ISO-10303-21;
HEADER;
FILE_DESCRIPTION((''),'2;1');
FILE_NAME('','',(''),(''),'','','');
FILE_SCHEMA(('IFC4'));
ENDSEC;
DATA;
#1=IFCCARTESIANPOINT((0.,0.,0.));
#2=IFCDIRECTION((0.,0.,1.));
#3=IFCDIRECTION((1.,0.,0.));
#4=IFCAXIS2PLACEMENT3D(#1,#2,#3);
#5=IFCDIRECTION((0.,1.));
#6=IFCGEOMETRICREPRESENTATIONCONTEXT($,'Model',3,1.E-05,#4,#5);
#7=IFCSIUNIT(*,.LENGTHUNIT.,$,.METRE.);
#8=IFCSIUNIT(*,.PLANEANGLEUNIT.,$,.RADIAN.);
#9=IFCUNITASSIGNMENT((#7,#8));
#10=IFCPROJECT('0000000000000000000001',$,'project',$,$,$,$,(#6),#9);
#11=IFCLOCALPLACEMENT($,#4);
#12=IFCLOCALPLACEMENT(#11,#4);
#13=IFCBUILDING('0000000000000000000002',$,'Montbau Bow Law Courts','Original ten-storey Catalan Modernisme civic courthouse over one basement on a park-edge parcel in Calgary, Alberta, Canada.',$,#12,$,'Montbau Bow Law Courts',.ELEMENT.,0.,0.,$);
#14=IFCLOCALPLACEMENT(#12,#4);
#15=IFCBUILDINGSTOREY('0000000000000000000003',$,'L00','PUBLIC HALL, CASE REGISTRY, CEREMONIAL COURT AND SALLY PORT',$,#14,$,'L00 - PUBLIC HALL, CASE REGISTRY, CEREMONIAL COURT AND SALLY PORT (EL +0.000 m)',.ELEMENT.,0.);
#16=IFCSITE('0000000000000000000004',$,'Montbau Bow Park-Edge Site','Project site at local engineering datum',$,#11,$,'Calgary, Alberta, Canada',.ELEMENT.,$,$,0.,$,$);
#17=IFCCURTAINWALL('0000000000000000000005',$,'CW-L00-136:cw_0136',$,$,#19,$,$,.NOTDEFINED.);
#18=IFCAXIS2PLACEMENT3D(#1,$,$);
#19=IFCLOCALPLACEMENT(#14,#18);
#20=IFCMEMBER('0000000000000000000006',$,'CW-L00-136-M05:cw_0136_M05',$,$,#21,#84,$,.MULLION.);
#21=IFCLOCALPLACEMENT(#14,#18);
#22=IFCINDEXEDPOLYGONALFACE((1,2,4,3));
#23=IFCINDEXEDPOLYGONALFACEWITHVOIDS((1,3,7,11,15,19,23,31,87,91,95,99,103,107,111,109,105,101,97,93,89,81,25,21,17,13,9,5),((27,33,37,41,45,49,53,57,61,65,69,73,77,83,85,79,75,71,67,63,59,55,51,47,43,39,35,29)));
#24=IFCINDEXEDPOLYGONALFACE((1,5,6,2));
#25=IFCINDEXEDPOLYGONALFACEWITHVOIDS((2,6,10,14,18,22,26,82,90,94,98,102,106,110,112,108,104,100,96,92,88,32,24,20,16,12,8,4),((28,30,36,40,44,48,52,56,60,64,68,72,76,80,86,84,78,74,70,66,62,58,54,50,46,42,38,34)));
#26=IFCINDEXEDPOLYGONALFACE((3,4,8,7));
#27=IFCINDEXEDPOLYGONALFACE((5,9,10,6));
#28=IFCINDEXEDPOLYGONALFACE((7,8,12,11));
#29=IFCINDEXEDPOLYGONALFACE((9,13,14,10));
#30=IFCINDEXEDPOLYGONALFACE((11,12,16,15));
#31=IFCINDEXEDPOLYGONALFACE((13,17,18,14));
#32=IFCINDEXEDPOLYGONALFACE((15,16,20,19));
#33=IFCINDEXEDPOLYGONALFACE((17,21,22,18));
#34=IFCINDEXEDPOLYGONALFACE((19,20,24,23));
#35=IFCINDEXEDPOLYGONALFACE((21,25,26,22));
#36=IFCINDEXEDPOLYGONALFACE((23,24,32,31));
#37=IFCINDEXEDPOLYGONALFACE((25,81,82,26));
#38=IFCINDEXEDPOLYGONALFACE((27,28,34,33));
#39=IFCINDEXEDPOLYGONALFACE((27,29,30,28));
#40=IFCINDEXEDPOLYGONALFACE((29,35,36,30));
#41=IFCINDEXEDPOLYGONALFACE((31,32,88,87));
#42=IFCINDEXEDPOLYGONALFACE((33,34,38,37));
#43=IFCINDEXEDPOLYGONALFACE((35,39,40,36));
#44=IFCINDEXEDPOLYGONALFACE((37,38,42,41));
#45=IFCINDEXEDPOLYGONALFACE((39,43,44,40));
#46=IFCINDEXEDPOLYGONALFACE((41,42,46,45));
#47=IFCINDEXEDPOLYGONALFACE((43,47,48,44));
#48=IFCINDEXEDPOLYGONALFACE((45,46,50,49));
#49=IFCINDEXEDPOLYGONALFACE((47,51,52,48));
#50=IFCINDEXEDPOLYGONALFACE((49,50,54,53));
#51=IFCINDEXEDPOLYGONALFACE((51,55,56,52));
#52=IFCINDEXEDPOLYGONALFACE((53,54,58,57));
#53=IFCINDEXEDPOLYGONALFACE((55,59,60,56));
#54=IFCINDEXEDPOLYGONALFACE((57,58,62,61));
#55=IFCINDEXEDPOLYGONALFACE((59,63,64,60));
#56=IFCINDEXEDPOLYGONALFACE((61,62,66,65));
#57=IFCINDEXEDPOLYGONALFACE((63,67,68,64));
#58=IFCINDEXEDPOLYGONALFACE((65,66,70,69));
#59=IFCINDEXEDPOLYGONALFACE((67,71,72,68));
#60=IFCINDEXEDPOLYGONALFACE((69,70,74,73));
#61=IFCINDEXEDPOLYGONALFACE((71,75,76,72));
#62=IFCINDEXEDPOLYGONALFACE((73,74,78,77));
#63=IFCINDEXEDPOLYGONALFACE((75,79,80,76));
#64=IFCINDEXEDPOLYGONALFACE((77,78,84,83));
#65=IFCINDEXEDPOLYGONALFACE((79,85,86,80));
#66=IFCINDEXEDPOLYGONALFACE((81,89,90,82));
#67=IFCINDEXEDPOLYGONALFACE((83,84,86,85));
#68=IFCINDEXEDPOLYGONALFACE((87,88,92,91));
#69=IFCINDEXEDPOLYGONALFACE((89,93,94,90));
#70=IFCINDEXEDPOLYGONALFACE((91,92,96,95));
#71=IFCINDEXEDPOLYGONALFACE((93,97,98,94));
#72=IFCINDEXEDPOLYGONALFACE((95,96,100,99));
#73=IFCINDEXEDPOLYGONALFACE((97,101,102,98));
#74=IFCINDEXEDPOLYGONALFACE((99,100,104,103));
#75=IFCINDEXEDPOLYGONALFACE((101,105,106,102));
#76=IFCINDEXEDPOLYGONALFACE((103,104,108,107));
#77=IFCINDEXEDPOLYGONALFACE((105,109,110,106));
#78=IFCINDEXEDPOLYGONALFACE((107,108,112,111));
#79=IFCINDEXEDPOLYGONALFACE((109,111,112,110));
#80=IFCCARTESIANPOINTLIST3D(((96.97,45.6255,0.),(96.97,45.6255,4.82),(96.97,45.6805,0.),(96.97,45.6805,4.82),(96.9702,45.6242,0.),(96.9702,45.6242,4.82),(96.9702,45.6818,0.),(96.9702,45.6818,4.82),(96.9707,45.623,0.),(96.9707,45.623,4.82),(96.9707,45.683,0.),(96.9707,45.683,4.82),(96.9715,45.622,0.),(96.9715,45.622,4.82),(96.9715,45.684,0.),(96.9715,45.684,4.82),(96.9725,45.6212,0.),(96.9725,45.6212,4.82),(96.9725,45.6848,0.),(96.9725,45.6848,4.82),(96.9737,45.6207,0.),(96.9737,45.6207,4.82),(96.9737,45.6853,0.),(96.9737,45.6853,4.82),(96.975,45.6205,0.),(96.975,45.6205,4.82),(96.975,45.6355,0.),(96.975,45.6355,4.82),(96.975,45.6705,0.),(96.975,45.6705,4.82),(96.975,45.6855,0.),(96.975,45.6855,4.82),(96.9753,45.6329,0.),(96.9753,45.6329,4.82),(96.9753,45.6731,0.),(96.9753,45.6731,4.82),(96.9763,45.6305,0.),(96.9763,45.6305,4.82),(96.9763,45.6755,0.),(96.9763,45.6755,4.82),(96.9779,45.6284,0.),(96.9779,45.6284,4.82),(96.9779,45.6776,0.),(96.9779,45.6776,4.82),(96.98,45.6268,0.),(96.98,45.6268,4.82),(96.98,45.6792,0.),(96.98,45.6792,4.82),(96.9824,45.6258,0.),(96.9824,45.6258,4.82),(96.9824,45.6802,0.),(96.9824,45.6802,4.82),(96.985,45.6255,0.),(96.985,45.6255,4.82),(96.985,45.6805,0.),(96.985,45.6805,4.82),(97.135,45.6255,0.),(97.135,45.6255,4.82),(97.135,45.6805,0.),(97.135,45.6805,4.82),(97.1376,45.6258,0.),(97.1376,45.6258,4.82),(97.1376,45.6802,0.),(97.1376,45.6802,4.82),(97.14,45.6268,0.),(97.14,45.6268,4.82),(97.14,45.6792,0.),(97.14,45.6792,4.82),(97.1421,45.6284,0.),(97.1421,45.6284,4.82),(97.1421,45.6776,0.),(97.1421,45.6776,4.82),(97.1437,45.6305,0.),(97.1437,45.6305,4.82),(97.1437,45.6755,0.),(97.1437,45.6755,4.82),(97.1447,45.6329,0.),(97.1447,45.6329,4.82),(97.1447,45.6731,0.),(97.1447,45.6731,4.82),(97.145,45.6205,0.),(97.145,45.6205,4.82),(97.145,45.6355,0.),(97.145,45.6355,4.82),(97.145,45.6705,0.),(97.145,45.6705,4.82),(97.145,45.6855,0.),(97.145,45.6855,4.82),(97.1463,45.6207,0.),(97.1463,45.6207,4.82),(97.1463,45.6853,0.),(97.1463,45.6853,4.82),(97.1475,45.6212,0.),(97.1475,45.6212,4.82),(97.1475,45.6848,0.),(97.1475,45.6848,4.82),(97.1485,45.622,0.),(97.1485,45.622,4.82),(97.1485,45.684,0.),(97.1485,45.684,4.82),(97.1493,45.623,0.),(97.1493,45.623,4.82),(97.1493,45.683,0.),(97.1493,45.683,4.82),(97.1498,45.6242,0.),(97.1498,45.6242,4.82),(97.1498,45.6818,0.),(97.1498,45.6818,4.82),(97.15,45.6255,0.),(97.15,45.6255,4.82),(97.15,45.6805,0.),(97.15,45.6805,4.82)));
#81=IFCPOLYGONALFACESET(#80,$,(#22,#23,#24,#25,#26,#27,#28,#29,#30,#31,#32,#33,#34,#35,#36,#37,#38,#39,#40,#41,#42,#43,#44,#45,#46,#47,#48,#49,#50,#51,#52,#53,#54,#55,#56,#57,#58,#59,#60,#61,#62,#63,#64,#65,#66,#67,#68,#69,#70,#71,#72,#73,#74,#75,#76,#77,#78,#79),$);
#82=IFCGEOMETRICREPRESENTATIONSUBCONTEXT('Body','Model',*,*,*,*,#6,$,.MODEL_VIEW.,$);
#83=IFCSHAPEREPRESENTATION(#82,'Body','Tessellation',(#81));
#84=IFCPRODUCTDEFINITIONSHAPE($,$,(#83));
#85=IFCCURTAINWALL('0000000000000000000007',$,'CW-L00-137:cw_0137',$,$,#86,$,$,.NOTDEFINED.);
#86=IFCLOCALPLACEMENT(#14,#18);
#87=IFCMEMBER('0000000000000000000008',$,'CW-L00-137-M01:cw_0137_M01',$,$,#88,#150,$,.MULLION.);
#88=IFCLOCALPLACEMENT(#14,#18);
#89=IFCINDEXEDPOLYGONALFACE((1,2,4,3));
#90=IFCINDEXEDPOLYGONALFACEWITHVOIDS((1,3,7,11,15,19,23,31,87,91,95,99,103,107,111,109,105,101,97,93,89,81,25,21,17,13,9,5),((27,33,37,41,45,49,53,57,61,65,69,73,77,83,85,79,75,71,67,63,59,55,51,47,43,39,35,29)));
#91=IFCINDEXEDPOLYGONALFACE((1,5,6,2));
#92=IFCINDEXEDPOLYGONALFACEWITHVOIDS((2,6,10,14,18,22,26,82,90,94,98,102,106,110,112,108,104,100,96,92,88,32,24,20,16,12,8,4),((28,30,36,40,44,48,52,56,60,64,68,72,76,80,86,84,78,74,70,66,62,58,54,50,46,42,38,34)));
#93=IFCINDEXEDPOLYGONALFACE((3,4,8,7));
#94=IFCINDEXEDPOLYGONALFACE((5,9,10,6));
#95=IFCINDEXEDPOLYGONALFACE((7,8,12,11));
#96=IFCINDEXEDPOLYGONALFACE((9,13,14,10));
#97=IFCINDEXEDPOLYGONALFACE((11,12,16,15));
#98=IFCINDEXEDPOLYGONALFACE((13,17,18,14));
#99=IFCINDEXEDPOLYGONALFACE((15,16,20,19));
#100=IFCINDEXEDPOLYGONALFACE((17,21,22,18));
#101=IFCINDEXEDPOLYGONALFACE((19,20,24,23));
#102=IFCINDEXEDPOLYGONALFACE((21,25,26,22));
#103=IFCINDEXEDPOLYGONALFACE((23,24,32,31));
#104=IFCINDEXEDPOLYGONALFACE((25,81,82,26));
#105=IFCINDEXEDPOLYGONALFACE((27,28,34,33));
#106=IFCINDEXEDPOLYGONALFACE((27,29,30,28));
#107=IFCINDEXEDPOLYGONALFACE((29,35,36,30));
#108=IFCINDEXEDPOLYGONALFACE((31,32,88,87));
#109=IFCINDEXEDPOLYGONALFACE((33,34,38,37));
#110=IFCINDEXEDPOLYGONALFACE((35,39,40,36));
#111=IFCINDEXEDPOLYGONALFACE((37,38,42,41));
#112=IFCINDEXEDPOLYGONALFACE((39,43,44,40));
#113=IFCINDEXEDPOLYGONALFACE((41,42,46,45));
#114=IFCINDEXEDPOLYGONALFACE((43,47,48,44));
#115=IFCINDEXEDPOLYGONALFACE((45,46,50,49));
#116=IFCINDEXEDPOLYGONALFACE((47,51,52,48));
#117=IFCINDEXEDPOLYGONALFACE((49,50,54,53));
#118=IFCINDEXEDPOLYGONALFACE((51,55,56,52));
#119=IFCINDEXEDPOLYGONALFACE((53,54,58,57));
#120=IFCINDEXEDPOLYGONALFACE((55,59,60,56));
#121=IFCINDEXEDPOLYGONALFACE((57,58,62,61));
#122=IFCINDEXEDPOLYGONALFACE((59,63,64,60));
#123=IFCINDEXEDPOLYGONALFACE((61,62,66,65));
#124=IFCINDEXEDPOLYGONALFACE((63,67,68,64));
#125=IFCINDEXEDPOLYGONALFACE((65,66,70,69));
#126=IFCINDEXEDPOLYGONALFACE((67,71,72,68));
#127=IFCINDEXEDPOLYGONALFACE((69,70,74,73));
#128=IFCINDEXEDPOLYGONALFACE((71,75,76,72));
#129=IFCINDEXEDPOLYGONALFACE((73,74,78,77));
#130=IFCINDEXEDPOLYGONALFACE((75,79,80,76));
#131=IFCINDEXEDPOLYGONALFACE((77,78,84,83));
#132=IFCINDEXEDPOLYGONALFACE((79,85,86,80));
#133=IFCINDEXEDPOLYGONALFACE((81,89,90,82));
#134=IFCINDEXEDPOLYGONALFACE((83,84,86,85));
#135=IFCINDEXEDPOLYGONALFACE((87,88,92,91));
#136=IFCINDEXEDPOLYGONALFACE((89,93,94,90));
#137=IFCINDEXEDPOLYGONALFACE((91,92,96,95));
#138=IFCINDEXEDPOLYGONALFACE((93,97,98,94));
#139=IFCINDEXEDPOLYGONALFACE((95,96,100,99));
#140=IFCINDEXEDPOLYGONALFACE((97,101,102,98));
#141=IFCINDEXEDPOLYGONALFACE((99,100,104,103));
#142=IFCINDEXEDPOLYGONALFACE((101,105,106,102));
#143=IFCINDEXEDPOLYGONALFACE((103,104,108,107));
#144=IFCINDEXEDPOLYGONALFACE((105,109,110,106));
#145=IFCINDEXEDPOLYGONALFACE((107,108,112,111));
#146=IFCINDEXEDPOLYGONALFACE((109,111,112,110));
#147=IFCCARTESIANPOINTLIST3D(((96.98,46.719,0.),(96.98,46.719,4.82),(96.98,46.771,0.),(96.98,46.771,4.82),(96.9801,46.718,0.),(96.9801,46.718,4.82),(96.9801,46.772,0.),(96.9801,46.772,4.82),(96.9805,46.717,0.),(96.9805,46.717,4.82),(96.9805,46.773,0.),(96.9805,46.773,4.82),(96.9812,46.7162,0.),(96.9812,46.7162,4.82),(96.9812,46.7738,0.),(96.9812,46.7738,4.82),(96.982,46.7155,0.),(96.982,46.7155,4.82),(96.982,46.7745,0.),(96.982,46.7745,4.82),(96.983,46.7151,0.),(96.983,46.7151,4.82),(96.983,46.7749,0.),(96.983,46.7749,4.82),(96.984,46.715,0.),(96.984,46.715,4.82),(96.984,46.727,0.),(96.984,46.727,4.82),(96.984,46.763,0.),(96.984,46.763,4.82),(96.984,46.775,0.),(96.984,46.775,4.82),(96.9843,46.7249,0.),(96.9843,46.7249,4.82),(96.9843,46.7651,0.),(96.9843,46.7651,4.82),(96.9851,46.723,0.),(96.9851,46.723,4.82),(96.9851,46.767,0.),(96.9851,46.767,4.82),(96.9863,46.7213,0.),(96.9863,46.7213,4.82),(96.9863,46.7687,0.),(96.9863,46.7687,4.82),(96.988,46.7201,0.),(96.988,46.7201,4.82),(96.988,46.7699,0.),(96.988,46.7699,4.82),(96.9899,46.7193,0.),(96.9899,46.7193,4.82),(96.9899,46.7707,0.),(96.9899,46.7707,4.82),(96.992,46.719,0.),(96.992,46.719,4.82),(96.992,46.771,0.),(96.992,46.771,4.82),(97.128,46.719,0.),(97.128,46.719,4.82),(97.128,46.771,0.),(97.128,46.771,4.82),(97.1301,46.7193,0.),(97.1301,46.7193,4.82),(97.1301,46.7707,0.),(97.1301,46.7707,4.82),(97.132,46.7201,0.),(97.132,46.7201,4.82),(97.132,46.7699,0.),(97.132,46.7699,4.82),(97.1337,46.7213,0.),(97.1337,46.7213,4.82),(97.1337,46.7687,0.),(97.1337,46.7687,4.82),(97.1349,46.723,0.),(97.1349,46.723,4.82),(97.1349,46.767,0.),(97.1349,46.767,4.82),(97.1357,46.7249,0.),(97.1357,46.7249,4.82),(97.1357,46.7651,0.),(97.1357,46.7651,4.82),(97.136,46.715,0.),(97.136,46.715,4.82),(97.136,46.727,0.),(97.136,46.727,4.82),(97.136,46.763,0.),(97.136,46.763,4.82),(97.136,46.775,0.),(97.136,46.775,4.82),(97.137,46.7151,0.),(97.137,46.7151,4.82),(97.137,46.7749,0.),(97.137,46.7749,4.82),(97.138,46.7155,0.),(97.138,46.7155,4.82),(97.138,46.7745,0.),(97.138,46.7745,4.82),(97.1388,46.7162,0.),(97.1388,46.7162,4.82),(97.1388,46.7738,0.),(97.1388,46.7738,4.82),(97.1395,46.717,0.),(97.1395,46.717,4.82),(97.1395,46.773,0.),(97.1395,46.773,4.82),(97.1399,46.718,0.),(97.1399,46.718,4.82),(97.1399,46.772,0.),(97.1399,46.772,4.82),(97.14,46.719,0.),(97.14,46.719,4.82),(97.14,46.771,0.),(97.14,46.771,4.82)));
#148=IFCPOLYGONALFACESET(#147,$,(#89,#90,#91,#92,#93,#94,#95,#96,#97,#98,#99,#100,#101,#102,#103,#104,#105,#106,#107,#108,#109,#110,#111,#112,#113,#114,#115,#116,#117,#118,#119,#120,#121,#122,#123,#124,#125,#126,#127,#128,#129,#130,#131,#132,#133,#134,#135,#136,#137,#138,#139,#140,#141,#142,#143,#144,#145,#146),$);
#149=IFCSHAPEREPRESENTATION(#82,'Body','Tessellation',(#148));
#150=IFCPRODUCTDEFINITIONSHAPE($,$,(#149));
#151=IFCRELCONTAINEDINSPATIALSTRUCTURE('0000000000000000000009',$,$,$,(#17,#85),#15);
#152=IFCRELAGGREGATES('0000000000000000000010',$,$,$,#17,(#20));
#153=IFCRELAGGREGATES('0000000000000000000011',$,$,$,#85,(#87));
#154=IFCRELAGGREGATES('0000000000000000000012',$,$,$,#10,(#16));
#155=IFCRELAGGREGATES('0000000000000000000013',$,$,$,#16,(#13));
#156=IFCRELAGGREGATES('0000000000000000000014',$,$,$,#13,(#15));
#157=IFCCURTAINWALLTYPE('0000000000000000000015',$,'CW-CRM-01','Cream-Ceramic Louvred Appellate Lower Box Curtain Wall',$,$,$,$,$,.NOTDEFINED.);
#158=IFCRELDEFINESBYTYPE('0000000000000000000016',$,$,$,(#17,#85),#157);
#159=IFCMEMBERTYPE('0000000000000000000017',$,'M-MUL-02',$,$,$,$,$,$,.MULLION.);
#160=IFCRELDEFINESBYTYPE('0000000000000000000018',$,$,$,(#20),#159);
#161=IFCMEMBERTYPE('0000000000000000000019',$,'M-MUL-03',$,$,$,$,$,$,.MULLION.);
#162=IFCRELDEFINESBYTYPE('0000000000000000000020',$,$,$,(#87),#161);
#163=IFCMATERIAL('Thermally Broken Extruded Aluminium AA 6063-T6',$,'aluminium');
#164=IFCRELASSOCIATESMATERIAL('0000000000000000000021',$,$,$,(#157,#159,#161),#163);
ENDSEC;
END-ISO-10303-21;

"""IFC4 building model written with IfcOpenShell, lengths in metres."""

from ifc_helpers import new_model, si_unit, direction, frame, origin_with_axes, origin_2d_with_axis, place, context, subcontext, project, spatial, hollow_rectangle, extrude, material, material_profile, profile_set, type_object, element, aggregate, save


model = new_model("IFC4")

# Units and contexts
model_context = context("Model", 3, precision=1e-05, world=origin_with_axes(), true_north=direction((0.0, 1.0)))
body_context = subcontext(model_context, "Body", "Model", "MODEL_VIEW")
ifc_project = project(units=[si_unit("LENGTHUNIT", "METRE"), si_unit("PLANEANGLEUNIT", "RADIAN")], contexts=[model_context])

# Site, building, storey
site_placement = place(None, origin_with_axes())
site = spatial("IfcSite", under=ifc_project, at=site_placement, Name="Montbau Bow Park-Edge Site", Description="Project site at local engineering datum", LongName="Calgary, Alberta, Canada", CompositionType="ELEMENT", RefElevation=0.0)
building_placement = place(site_placement, origin_with_axes())
building = spatial("IfcBuilding", under=site, at=building_placement, Name="Montbau Bow Law Courts", Description="Original ten-storey Catalan Modernisme civic courthouse over one basement on a park-edge parcel in Calgary, Alberta, Canada.", LongName="Montbau Bow Law Courts", CompositionType="ELEMENT", ElevationOfRefHeight=0.0, ElevationOfTerrain=0.0)
storey_placement = place(building_placement, origin_with_axes())
storey = spatial("IfcBuildingStorey", under=building, at=storey_placement, Name="L00", Description="PUBLIC HALL, CASE REGISTRY, CEREMONIAL COURT AND SALLY PORT", LongName="L00 - PUBLIC HALL, CASE REGISTRY, CEREMONIAL COURT AND SALLY PORT (EL +0.000 m)", CompositionType="ELEMENT", Elevation=0.0)

# Curtain walls, members
ifc_material_1 = material(Name="Thermally Broken Extruded Aluminium AA 6063-T6", Category="aluminium")
curtain_wall_type = type_object("IfcCurtainWallType", Name="CW-CRM-01", Description="Cream-Ceramic Louvred Appellate Lower Box Curtain Wall", PredefinedType="NOTDEFINED", material=ifc_material_1)
curtain_wall_1_placement = place(None, frame((97.06, 39.515, 0.0), z_axis=(0.0, 0.0, 1.0), x_axis=(1.0, 0.0, 0.0)))
curtain_wall_1 = element("IfcCurtainWall", 1, at=curtain_wall_1_placement, inside=storey, type_object=curtain_wall_type, Name="CW-L00-136:cw_0136", PredefinedType="NOTDEFINED")
ifc_material_profile_1 = material_profile(ifc_material_1, hollow_rectangle(XDim=0.065, YDim=0.18, WallThickness=0.005, InnerFilletRadius=0.01, OuterFilletRadius=0.005, at=origin_2d_with_axis()), Name="CWM-180X65", Category="Main", Priority=0)
ifc_profile_set_1 = profile_set([ifc_material_profile_1], Name="Thermally Broken Extruded Aluminium AA 6063-T6")
member_type_1 = type_object("IfcMemberType", Name="M-MUL-02", PredefinedType="MULLION", material=ifc_profile_set_1)
member_1_placement = place(None, frame((97.06, 45.653, 0.0), z_axis=(0.0, 0.0, 1.0), x_axis=(0.0, 1.0, 0.0)))
member_1 = element("IfcMember", 2, at=member_1_placement, type_object=member_type_1, Name="CW-L00-136-M05:cw_0136_M05", PredefinedType="MULLION", context=body_context, shape_type="SweptSolid", body=[
    extrude(hollow_rectangle(XDim=0.065, YDim=0.18, WallThickness=0.005, InnerFilletRadius=0.01, OuterFilletRadius=0.005, at=origin_2d_with_axis()), origin_with_axes(), (0.0, 0.0, 1.0), 4.82),
])
curtain_wall_2_placement = place(None, frame((97.06, 46.715, 0.0), z_axis=(0.0, 0.0, 1.0), x_axis=(1.0, 0.0, 0.0)))
curtain_wall_2 = element("IfcCurtainWall", 3, at=curtain_wall_2_placement, inside=storey, type_object=curtain_wall_type, Name="CW-L00-137:cw_0137", PredefinedType="NOTDEFINED")
ifc_material_profile_2 = material_profile(ifc_material_1, hollow_rectangle(XDim=0.06, YDim=0.16, WallThickness=0.004, InnerFilletRadius=0.008, OuterFilletRadius=0.004, at=origin_2d_with_axis()), Name="CWM-160X60", Category="Main", Priority=0)
ifc_profile_set_2 = profile_set([ifc_material_profile_2], Name="Thermally Broken Extruded Aluminium AA 6063-T6")
member_type_2 = type_object("IfcMemberType", Name="M-MUL-03", PredefinedType="MULLION", material=ifc_profile_set_2)
member_2_placement = place(None, frame((97.06, 46.745, 0.0), z_axis=(0.0, 0.0, 1.0), x_axis=(0.0, 1.0, 0.0)))
member_2 = element("IfcMember", 4, at=member_2_placement, type_object=member_type_2, Name="CW-L00-137-M01:cw_0137_M01", PredefinedType="MULLION", context=body_context, shape_type="SweptSolid", body=[
    extrude(hollow_rectangle(XDim=0.06, YDim=0.16, WallThickness=0.004, InnerFilletRadius=0.008, OuterFilletRadius=0.004, at=origin_2d_with_axis()), origin_with_axes(), (0.0, 0.0, 1.0), 4.82),
])

aggregate(curtain_wall_1, [member_1])
aggregate(curtain_wall_2, [member_2])

save(model, "model.ifc")
